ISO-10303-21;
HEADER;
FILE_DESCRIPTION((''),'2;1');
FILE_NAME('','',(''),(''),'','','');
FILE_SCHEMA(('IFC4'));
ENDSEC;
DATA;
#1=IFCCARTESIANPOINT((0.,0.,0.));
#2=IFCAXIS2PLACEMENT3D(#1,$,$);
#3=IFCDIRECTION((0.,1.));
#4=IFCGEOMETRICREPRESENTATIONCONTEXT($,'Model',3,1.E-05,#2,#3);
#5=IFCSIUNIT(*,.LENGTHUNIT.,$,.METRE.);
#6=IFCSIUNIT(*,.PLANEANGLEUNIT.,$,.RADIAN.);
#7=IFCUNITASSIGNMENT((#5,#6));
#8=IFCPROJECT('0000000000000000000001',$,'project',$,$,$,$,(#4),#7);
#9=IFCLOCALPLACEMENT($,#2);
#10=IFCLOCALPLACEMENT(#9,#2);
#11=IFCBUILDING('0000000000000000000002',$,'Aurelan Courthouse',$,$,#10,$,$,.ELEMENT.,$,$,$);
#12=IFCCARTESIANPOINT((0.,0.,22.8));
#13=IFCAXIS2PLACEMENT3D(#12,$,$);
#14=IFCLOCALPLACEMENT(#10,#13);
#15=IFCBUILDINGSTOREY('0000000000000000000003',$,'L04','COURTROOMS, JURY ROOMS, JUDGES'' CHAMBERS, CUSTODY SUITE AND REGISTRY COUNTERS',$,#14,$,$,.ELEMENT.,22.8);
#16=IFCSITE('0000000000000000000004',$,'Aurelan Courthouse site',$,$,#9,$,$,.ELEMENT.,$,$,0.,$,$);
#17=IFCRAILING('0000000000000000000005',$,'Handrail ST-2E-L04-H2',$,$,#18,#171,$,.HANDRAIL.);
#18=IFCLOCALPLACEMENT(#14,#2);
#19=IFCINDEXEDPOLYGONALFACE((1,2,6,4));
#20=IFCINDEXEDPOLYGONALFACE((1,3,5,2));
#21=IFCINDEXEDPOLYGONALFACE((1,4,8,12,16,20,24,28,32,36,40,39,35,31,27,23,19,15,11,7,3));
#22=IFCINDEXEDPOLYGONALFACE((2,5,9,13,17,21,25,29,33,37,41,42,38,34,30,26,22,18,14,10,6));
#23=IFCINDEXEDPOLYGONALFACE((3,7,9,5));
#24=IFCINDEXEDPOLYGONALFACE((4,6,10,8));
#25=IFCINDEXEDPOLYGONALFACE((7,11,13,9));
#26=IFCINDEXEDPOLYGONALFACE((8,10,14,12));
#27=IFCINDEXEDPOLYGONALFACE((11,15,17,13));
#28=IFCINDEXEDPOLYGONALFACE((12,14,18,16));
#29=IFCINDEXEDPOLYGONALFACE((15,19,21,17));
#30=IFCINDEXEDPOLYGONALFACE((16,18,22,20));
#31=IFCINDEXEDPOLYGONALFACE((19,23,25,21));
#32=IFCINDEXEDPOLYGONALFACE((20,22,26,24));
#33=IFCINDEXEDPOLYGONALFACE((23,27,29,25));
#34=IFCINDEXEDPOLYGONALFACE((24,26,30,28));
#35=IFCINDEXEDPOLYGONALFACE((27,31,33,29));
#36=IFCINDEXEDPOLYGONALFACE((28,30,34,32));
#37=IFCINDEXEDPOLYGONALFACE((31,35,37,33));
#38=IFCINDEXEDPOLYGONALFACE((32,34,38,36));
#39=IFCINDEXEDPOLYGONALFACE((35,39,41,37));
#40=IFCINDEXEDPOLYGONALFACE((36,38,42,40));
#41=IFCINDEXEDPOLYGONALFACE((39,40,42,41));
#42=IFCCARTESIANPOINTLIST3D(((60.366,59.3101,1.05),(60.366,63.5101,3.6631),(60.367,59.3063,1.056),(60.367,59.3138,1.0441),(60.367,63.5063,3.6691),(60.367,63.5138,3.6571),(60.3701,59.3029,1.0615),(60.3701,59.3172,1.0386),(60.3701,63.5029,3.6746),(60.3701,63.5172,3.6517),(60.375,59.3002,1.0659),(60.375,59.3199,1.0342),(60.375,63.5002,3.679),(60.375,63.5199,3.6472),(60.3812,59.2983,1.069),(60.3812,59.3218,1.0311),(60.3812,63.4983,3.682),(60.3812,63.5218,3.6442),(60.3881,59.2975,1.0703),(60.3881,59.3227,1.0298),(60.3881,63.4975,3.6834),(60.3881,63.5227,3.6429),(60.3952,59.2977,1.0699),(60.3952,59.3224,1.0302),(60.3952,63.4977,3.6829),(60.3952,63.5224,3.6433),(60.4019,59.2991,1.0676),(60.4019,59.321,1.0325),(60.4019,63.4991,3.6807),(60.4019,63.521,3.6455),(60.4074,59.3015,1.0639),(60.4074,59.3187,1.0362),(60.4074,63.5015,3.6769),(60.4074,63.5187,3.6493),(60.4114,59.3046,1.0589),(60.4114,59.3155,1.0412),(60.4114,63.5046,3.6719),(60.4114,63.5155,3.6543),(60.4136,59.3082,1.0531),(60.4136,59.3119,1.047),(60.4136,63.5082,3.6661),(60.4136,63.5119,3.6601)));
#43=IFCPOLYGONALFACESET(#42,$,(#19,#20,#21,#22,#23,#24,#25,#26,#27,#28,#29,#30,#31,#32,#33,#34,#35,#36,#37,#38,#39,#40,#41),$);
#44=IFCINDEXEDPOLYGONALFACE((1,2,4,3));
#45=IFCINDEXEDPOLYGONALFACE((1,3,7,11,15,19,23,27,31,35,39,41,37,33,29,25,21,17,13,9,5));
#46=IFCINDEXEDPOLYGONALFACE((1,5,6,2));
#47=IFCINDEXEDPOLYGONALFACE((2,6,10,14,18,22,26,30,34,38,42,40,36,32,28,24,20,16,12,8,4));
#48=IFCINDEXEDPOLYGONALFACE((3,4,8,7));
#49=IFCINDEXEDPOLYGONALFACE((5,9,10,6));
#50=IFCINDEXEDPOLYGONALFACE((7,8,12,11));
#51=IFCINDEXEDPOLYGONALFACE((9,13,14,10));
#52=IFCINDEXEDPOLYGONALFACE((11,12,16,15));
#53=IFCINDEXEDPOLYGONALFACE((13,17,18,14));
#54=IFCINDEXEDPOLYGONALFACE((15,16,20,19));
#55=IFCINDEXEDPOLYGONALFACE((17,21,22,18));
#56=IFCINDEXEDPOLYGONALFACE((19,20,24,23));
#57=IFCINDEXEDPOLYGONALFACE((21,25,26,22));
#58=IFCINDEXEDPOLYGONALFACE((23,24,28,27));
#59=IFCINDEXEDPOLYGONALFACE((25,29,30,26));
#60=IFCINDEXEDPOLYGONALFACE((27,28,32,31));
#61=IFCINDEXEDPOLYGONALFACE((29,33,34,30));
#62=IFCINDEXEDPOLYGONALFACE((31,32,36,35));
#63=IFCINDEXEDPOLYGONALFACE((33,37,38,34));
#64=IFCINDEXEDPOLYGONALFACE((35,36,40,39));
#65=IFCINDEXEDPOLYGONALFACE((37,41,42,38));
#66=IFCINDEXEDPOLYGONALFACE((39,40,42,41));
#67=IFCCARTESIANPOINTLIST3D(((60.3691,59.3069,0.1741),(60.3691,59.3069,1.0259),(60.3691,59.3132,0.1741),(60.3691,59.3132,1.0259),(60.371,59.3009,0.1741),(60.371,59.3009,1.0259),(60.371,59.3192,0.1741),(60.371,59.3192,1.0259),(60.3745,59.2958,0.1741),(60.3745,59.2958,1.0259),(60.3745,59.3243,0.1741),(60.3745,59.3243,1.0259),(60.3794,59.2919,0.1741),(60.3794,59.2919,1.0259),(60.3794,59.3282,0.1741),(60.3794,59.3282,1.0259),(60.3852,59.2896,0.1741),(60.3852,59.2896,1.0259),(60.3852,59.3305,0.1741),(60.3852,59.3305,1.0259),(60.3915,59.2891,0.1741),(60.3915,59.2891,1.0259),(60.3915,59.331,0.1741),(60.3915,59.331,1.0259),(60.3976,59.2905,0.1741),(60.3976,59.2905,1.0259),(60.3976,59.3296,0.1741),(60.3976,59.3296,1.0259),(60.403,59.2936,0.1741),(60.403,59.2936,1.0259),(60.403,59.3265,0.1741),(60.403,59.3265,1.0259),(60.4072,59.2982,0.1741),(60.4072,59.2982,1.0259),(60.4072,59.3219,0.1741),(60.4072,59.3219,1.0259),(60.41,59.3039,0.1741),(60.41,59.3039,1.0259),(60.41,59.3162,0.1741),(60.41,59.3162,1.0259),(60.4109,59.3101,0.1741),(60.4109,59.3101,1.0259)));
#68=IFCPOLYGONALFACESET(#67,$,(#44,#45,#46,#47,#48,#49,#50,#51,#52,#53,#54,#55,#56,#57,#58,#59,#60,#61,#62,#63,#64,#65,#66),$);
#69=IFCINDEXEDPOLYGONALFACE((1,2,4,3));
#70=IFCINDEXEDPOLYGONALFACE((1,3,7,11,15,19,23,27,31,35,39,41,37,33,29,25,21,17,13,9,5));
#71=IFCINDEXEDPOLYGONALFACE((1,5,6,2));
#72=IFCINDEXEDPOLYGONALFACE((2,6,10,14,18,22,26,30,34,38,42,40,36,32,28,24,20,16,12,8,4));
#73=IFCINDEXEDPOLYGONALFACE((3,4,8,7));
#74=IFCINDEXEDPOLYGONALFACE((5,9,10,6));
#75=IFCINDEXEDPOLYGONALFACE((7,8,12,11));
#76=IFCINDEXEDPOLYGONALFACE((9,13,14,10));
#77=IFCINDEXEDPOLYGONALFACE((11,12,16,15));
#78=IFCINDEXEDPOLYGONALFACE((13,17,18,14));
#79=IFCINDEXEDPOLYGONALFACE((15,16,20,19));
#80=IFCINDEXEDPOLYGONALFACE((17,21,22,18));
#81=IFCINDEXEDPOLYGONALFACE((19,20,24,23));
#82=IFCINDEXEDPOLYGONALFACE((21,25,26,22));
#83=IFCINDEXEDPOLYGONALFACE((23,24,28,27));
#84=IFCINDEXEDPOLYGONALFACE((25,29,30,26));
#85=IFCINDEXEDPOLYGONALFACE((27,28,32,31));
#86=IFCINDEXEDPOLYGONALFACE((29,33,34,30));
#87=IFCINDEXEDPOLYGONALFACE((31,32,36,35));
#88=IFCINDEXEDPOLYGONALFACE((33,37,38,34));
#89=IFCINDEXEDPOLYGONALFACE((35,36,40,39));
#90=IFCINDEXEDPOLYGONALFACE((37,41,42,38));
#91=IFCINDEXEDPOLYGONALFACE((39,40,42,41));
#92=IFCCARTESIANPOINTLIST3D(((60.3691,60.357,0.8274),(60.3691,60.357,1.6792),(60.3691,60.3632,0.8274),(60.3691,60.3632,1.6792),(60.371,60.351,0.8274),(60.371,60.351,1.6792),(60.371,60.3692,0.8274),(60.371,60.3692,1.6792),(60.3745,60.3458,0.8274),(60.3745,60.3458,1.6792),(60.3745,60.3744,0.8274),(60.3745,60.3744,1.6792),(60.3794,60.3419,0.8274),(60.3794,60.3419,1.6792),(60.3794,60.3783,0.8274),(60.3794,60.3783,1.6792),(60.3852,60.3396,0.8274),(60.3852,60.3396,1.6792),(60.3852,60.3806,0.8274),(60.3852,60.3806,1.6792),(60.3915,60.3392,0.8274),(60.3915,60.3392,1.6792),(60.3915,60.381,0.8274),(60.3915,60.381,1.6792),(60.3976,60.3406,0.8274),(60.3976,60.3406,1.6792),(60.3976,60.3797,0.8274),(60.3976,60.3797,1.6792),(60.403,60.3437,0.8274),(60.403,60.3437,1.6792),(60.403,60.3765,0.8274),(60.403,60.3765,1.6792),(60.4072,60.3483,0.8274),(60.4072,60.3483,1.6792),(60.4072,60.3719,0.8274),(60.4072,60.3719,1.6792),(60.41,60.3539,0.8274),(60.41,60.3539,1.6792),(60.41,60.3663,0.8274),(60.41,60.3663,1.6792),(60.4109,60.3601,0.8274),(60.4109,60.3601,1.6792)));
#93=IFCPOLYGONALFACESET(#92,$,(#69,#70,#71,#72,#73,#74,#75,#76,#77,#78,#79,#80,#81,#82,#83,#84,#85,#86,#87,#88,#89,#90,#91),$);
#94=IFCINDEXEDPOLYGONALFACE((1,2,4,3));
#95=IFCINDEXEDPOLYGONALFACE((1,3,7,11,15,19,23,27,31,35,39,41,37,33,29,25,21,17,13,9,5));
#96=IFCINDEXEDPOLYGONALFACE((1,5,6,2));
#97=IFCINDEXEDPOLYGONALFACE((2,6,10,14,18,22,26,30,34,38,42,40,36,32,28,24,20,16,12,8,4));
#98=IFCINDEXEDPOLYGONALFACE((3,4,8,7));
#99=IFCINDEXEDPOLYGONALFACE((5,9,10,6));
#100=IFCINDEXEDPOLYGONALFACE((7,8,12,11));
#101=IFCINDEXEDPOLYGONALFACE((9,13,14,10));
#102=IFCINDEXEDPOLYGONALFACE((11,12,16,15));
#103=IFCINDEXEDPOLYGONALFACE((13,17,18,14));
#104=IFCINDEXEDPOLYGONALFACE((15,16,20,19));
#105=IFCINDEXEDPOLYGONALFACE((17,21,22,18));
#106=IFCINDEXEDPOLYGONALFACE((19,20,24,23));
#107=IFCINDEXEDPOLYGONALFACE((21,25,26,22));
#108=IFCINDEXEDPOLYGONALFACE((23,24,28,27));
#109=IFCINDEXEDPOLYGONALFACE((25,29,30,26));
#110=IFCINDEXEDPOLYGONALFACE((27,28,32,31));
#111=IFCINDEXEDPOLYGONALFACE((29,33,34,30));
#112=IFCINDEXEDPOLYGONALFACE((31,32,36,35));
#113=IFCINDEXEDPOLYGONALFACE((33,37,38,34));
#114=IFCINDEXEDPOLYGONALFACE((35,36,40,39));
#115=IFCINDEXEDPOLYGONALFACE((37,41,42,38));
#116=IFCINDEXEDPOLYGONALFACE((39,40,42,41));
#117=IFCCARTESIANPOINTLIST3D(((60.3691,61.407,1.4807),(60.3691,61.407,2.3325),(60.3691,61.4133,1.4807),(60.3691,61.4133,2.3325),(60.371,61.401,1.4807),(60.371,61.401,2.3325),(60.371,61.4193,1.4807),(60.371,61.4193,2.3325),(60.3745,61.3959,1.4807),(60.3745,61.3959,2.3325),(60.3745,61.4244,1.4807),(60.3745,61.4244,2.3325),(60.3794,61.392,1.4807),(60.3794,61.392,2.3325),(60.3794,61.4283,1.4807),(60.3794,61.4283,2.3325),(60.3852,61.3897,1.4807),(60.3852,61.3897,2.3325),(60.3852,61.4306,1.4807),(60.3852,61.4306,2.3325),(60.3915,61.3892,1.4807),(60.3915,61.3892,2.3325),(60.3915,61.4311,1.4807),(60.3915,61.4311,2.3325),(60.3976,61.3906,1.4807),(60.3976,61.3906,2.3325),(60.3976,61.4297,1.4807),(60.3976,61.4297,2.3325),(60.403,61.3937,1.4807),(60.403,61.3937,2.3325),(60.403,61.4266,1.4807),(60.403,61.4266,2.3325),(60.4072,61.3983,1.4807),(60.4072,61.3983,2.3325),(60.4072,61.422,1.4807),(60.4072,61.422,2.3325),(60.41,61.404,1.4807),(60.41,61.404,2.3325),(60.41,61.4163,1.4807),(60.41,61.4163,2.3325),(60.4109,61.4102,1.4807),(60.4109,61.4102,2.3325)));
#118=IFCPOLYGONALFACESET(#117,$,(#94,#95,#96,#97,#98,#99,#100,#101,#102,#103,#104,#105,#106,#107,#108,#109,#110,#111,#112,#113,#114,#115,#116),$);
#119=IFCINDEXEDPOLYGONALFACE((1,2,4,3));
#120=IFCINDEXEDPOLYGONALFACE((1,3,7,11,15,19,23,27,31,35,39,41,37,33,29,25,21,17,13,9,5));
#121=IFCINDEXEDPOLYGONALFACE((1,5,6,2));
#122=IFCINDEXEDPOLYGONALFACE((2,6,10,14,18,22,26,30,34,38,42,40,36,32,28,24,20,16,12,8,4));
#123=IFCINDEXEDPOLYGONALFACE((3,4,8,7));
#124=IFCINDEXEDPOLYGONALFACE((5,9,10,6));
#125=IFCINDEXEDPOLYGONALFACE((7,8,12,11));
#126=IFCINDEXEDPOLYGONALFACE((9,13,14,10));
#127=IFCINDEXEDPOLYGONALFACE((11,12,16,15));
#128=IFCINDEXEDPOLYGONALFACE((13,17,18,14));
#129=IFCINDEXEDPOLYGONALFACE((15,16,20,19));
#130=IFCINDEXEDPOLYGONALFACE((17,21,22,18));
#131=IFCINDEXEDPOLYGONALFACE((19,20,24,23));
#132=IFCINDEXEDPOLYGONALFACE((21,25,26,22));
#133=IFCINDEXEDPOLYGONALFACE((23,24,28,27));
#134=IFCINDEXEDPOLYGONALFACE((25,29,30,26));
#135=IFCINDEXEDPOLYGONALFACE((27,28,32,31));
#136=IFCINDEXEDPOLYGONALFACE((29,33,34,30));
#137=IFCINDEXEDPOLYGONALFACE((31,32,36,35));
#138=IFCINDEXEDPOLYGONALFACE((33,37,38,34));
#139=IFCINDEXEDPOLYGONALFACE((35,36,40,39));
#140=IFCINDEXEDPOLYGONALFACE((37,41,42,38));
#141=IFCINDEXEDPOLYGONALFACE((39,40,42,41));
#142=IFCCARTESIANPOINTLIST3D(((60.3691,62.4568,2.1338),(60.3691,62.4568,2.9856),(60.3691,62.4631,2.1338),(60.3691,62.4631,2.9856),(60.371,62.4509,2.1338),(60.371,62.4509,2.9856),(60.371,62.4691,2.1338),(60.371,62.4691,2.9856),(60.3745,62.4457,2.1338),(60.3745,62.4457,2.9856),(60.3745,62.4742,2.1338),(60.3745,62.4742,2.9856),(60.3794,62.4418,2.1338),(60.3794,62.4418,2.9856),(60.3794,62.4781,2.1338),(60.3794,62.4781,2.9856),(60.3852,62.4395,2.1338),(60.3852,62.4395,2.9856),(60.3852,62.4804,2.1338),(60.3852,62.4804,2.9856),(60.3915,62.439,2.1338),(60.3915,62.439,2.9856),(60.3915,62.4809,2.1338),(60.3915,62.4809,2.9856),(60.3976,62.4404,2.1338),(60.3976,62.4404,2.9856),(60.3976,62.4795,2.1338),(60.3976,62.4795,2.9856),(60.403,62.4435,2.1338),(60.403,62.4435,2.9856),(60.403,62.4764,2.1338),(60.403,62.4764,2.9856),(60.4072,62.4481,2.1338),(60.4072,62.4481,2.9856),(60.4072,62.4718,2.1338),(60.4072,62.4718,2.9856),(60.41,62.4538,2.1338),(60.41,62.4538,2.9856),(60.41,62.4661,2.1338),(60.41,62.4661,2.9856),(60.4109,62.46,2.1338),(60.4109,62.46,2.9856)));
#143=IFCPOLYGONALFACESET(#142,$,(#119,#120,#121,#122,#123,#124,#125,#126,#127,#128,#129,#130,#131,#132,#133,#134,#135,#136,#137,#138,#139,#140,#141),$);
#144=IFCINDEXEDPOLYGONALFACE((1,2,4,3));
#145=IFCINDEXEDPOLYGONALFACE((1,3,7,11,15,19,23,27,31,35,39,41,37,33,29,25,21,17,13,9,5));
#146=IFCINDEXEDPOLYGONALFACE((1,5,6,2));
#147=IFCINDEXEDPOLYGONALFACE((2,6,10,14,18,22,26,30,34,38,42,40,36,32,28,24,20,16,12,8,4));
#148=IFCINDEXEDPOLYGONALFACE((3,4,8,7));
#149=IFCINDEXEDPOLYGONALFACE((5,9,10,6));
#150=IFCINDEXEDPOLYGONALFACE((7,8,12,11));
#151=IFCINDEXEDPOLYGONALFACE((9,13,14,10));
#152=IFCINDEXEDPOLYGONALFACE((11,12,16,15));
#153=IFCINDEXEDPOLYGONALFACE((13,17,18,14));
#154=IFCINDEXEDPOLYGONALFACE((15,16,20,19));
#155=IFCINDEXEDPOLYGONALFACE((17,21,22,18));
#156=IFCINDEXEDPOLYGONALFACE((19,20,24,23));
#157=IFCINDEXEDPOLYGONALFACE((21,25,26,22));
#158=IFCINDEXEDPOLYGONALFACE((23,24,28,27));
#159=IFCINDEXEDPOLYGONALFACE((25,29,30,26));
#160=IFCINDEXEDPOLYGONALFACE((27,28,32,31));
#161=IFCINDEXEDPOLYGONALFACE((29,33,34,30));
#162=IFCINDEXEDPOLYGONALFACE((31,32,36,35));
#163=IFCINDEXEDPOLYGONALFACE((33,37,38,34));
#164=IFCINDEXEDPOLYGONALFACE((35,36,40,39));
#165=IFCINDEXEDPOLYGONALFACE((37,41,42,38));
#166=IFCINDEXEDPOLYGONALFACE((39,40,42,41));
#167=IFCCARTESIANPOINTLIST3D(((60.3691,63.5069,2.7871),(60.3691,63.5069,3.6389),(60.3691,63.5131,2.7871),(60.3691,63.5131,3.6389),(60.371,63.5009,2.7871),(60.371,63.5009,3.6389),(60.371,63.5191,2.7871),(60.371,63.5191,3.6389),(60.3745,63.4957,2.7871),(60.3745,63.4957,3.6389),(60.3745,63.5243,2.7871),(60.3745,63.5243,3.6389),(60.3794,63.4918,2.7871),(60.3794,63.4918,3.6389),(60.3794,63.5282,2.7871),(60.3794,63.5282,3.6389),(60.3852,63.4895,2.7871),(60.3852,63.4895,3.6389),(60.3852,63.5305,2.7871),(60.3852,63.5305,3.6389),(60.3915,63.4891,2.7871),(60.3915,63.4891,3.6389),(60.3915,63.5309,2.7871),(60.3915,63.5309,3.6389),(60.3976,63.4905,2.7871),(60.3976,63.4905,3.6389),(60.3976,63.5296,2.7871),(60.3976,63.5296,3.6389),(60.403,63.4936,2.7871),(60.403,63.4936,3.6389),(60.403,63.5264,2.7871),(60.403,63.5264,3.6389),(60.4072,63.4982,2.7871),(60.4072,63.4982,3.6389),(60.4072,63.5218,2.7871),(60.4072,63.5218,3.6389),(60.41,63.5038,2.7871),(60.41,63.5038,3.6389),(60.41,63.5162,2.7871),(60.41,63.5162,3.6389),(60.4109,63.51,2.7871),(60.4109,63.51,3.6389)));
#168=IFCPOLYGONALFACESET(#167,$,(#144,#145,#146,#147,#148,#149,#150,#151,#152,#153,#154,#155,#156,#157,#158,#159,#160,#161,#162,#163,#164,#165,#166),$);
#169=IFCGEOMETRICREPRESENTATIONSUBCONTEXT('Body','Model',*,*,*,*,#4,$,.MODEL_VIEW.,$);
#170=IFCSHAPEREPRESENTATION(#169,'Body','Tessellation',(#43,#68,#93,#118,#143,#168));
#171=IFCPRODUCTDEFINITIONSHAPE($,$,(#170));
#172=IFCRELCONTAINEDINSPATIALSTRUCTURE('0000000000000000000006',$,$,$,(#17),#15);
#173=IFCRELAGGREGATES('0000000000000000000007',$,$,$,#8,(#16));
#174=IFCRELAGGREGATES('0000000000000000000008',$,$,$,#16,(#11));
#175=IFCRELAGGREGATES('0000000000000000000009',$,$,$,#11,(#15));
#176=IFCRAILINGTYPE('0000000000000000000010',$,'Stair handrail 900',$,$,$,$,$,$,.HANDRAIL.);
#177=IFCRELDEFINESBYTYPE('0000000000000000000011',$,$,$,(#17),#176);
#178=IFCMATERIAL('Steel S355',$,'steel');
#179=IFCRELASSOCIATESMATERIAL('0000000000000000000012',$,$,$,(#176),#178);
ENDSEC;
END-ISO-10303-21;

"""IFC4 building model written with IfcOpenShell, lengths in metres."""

from ifc_helpers import new_model, si_unit, direction, frame, origin, origin_2d, place, context, subcontext, project, spatial, circle, extrude, material, type_object, element, save


model = new_model("IFC4")

# Units and contexts
model_context = context("Model", 3, precision=1e-05, world=origin(), true_north=direction((0.0, 1.0)))
body_context = subcontext(model_context, "Body", "Model", "MODEL_VIEW")
ifc_project = project(units=[si_unit("LENGTHUNIT", "METRE"), si_unit("PLANEANGLEUNIT", "RADIAN")], contexts=[model_context])

# Site, building, storey
site_placement = place(None, origin())
site = spatial("IfcSite", under=ifc_project, at=site_placement, Name="Aurelan Courthouse site", CompositionType="ELEMENT", RefElevation=0.0)
building_placement = place(site_placement, origin())
building = spatial("IfcBuilding", under=site, at=building_placement, Name="Aurelan Courthouse", CompositionType="ELEMENT")
storey_placement = place(building_placement, frame((0.0, 0.0, 22.8)))
storey = spatial("IfcBuildingStorey", under=building, at=storey_placement, Name="L04", Description="COURTROOMS, JURY ROOMS, JUDGES' CHAMBERS, CUSTODY SUITE AND REGISTRY COUNTERS", CompositionType="ELEMENT", Elevation=22.8)

# Railing
ifc_material_1 = material(Name="Steel S355", Category="steel")
railing_type_1 = type_object("IfcRailingType", Name="Stair handrail 900", PredefinedType="HANDRAIL", material=ifc_material_1)
for number, where, name in (
    (1, (60.3899, 59.3101, 0.1741), "Handrail ST-2E-L04-H2"),
):
    element("IfcRailing", number, at=place(storey_placement, frame(where)), inside=storey, type_object=railing_type_1, Name=name, PredefinedType="HANDRAIL", context=body_context, shape_type="SweptSolid", body=[
        extrude(circle(Radius=0.0239, at=origin_2d()), frame((0.0, 0.0, 0.876), z_axis=(0.0, 0.849081, 0.528263), x_axis=(-1.0, 0.0, 0.0)), (0.0, 0.0, 1.0), 4.9465),
        extrude(circle(Radius=0.021, at=origin_2d()), origin(), (0.0, 0.0, 1.0), 0.8518),
        extrude(circle(Radius=0.021, at=origin_2d()), frame((0.0, 1.05, 0.6533)), (0.0, 0.0, 1.0), 0.8518),
        extrude(circle(Radius=0.021, at=origin_2d()), frame((0.0, 2.1001, 1.3066)), (0.0, 0.0, 1.0), 0.8518),
        extrude(circle(Radius=0.021, at=origin_2d()), frame((0.0, 3.1499, 1.9597)), (0.0, 0.0, 1.0), 0.8518),
        extrude(circle(Radius=0.021, at=origin_2d()), frame((0.0, 4.2, 2.613)), (0.0, 0.0, 1.0), 0.8518),
    ])

save(model, "model.ifc")
